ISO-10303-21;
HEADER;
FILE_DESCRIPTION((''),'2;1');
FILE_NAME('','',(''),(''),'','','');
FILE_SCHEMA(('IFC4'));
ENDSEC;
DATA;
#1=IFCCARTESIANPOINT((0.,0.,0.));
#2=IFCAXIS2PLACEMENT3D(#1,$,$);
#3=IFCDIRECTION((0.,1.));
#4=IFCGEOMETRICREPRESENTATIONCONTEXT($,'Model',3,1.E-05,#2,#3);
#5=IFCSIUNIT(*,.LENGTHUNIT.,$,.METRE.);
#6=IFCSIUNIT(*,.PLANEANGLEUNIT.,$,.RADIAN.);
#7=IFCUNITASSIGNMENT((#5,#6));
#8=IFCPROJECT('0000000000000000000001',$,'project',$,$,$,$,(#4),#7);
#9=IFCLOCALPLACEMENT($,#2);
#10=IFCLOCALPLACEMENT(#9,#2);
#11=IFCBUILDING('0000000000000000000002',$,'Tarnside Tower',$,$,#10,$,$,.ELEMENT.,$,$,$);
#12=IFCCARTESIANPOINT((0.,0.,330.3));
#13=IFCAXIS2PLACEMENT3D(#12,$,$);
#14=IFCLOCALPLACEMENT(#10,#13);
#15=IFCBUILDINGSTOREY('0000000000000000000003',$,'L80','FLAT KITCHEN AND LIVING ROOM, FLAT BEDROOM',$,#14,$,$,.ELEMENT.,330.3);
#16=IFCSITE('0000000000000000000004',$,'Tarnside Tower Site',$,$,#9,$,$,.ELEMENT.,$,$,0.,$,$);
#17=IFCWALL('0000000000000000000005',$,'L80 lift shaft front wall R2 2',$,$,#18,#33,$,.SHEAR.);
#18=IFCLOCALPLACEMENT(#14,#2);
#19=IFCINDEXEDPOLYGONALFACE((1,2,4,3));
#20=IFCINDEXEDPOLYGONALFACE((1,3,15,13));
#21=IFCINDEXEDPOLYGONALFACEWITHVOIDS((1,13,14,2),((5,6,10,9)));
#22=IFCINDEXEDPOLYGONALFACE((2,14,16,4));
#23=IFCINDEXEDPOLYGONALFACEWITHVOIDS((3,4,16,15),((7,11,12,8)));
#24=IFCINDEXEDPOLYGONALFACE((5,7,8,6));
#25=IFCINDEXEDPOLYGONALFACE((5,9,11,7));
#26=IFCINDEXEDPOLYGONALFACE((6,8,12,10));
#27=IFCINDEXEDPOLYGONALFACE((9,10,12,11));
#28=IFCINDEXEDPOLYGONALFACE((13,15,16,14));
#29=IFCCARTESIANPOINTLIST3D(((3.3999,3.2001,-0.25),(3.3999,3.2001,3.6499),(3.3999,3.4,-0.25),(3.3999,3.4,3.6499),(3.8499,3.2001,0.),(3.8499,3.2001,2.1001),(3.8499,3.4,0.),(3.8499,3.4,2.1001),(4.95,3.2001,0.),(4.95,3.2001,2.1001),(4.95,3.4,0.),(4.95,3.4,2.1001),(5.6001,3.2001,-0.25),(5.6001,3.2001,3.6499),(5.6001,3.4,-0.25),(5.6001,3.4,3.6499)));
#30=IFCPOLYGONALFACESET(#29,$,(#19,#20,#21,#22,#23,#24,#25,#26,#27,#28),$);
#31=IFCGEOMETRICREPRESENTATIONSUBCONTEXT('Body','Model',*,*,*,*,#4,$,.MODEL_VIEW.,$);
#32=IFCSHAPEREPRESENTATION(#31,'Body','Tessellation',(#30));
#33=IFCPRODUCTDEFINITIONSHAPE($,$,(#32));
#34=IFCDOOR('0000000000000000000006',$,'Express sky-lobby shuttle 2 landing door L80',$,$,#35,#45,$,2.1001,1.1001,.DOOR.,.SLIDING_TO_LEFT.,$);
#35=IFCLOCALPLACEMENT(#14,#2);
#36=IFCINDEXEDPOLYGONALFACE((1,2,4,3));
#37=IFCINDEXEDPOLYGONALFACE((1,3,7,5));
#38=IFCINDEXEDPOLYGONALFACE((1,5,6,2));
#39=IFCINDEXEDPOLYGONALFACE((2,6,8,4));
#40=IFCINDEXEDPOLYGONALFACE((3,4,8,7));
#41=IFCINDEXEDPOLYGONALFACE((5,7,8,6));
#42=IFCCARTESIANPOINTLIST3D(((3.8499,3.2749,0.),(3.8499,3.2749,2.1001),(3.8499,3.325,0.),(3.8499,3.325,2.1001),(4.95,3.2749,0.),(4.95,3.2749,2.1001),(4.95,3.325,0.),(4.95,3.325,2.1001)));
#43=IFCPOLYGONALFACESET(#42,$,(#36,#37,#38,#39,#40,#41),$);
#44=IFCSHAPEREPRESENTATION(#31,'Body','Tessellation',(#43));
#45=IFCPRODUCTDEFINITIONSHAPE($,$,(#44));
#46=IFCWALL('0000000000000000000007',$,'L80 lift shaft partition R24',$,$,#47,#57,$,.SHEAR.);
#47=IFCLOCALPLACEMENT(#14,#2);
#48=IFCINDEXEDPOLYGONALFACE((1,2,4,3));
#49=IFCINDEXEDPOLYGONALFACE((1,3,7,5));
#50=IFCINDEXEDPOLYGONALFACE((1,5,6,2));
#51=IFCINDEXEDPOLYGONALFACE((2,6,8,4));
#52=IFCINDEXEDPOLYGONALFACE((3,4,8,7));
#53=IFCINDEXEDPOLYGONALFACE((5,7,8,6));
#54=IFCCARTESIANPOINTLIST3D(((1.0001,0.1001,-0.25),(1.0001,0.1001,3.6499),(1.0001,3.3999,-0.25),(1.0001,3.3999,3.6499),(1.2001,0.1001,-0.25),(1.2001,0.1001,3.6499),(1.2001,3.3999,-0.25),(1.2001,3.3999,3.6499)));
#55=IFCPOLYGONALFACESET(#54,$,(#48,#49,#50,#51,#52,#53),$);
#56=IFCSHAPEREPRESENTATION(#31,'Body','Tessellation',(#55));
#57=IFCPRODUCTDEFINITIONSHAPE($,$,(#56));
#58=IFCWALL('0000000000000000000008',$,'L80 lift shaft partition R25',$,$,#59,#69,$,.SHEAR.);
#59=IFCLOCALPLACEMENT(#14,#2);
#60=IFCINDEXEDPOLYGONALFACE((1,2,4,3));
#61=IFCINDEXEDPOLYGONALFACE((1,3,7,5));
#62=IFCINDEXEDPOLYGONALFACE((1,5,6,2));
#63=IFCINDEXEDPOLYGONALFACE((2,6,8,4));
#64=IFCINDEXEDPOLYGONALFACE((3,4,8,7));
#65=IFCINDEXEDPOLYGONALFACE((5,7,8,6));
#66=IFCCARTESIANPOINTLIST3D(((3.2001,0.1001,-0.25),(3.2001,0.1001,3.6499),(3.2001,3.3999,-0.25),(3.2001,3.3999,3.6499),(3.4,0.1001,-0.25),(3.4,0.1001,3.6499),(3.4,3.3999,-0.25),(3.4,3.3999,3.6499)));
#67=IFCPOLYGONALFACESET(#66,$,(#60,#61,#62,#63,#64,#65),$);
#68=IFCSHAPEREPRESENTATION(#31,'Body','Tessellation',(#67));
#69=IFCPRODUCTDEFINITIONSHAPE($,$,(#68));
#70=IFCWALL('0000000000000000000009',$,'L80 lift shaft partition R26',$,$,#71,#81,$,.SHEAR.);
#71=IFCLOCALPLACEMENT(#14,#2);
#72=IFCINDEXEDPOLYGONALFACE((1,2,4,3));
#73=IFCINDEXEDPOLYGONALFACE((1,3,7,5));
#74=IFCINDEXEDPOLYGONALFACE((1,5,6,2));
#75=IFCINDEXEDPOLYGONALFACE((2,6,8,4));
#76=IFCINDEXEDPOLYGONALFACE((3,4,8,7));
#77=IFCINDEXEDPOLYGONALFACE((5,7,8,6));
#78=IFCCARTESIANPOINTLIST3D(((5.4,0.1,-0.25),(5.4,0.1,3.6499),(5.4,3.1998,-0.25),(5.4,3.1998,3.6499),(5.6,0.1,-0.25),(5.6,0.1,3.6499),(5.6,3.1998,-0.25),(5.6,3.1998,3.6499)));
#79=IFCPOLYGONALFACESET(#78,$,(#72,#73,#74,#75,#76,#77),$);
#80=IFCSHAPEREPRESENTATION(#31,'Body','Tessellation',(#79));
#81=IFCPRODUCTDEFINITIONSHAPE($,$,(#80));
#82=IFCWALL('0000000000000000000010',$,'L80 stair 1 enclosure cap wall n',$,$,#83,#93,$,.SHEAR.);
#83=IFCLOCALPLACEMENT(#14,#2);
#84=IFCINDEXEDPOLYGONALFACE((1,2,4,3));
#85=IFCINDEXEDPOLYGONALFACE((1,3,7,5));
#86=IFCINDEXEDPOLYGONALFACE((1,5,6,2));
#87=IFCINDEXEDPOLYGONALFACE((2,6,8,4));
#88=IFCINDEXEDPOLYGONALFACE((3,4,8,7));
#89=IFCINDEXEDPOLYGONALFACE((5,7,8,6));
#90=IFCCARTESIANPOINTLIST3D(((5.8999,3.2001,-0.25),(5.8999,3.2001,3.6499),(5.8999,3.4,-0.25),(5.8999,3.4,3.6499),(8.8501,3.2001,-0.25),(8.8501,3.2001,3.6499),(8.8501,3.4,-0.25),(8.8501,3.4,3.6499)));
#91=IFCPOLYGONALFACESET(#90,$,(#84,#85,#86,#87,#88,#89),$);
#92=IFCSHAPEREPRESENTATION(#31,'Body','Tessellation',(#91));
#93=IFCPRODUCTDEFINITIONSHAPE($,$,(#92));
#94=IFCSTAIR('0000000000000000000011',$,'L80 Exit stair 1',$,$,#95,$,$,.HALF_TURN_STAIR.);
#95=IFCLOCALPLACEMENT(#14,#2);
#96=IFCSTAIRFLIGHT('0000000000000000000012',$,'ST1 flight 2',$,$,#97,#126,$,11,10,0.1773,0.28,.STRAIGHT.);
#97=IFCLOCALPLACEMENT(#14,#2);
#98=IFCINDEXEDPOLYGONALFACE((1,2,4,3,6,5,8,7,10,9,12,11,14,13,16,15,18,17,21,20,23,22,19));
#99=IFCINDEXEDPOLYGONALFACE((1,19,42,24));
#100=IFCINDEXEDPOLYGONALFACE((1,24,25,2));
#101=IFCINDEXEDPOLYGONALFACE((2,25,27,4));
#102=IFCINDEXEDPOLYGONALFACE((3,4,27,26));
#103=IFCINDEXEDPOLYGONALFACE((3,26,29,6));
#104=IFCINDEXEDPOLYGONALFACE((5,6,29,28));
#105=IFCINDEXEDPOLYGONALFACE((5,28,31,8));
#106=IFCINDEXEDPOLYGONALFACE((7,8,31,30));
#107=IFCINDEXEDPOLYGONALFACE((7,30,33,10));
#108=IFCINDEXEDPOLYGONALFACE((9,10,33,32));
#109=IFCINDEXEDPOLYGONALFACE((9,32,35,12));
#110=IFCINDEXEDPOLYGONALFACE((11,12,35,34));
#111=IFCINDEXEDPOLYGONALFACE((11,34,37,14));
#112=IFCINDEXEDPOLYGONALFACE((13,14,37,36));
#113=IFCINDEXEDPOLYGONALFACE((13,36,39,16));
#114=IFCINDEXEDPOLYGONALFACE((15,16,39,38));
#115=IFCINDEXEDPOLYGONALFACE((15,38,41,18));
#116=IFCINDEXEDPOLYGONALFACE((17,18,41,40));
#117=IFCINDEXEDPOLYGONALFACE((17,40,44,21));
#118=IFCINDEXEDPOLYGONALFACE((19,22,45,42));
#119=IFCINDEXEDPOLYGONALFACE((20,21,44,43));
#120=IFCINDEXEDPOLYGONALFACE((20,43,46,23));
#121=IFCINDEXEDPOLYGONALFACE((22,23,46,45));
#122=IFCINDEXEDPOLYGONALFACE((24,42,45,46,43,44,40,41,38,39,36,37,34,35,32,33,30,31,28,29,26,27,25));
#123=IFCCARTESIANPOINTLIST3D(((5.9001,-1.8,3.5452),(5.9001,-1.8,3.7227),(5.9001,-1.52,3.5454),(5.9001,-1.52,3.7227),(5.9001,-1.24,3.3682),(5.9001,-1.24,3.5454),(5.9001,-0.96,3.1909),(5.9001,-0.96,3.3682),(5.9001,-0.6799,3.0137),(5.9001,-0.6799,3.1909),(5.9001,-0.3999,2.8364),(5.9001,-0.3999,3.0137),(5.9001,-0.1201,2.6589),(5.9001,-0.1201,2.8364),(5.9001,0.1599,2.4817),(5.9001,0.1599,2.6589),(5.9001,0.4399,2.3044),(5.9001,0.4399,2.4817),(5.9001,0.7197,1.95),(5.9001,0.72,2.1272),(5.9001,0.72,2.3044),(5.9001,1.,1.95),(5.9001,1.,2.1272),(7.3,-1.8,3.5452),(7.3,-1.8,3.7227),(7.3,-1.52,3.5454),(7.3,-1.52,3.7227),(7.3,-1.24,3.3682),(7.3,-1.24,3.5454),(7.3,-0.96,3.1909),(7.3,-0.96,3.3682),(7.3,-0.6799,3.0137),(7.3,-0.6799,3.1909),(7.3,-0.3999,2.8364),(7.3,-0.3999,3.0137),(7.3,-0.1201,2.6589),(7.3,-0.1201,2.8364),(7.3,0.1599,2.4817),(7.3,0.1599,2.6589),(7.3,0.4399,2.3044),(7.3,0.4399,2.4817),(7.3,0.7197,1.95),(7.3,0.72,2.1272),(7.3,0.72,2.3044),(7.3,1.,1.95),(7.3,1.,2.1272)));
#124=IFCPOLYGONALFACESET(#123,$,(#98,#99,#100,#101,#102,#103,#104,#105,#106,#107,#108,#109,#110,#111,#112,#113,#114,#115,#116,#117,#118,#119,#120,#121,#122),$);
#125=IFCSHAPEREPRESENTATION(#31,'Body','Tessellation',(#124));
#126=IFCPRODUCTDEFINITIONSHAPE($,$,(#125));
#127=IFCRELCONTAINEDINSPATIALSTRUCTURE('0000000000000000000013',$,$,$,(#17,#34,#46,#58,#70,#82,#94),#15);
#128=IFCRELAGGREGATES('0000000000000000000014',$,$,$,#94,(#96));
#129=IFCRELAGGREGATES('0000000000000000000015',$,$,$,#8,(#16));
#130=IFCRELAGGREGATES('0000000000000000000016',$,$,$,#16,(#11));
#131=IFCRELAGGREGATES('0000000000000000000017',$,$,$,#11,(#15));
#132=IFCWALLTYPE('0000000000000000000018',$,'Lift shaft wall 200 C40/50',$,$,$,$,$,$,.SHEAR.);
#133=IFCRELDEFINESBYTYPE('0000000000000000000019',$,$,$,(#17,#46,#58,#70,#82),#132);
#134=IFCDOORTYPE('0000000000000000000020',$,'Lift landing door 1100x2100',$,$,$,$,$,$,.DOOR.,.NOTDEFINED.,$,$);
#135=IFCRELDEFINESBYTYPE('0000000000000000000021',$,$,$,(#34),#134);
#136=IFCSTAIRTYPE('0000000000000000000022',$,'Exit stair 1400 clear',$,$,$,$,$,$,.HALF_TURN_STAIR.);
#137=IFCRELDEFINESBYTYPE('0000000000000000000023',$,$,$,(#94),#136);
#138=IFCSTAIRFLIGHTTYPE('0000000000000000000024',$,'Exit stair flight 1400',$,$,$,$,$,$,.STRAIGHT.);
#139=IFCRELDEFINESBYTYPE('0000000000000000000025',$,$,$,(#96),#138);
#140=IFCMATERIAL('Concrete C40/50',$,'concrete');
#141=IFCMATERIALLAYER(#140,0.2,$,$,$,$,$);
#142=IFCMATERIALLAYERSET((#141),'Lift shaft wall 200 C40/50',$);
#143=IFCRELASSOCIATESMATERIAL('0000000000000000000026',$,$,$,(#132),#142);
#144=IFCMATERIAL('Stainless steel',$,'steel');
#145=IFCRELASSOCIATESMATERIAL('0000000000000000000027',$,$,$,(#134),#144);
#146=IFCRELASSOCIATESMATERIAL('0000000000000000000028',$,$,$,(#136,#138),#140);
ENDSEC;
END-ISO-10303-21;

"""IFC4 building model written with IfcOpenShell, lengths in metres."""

from ifc_helpers import new_model, si_unit, direction, frame, frame_2d, origin, place, context, subcontext, project, spatial, polyline, rectangle, outline, extrude, material, layer, layer_set, type_object, element, fill, aggregate, save


model = new_model("IFC4")

# Units and contexts
model_context = context("Model", 3, precision=1e-05, world=origin(), true_north=direction((0.0, 1.0)))
body_context = subcontext(model_context, "Body", "Model", "MODEL_VIEW")
ifc_project = project(units=[si_unit("LENGTHUNIT", "METRE"), si_unit("PLANEANGLEUNIT", "RADIAN")], contexts=[model_context])

# Site, building, storey
site_placement = place(None, origin())
site = spatial("IfcSite", under=ifc_project, at=site_placement, Name="Tarnside Tower Site", CompositionType="ELEMENT", RefElevation=0.0)
building_placement = place(site_placement, origin())
building = spatial("IfcBuilding", under=site, at=building_placement, Name="Tarnside Tower", CompositionType="ELEMENT")
storey_placement = place(building_placement, frame((0.0, 0.0, 330.3)))
storey = spatial("IfcBuildingStorey", under=building, at=storey_placement, Name="L80", Description="FLAT KITCHEN AND LIVING ROOM, FLAT BEDROOM", CompositionType="ELEMENT", Elevation=330.3)

# Shared definitions
ifc_material_1 = material(Name="Concrete C40/50", Category="concrete")

# Shared definitions
ifc_layer_1 = layer(ifc_material_1, 0.2)
ifc_layer_set_1 = layer_set([ifc_layer_1], Name="Lift shaft wall 200 C40/50")
wall_type_1 = type_object("IfcWallType", Name="Lift shaft wall 200 C40/50", PredefinedType="SHEAR", material=ifc_layer_set_1)

# Wall, opening, door
wall_1_placement = place(storey_placement, frame((3.3999, 3.3, -0.25), z_axis=(0.0, 0.0, 1.0), x_axis=(1.0, 0.0, 0.0)))
wall_1 = element("IfcWall", 1, at=wall_1_placement, inside=storey, type_object=wall_type_1, Name="L80 lift shaft front wall R2 2", PredefinedType="SHEAR", context=body_context, shape_type="SweptSolid", body=[
    extrude(rectangle(XDim=2.2002, YDim=0.2, at=frame_2d((1.1001, 0.0))), origin(), (0.0, 0.0, 1.0), 3.8999),
])
opening_1_placement = place(wall_1_placement, frame((0.45, 0.0, 0.25)))
opening_1 = element("IfcOpeningElement", 2, at=opening_1_placement, cuts=wall_1, PredefinedType="OPENING", context=body_context, shape_type="SweptSolid", body=[
    extrude(rectangle(XDim=1.1001, YDim=2.1001, at=frame_2d((0.55, 1.05))), frame((0.0, 0.1099, 0.0), z_axis=(0.0, -1.0, 0.0), x_axis=(1.0, 0.0, 0.0)), (0.0, 0.0, 1.0), 0.22),
])
ifc_material_2 = material(Name="Stainless steel", Category="steel")
door_type_1 = type_object("IfcDoorType", Name="Lift landing door 1100x2100", OperationType="NOTDEFINED", PredefinedType="DOOR", material=ifc_material_2)
door_1_placement = place(opening_1_placement, origin())
door_1 = element("IfcDoor", 3, at=door_1_placement, inside=storey, type_object=door_type_1, Name="Express sky-lobby shuttle 2 landing door L80", OperationType="SLIDING_TO_LEFT", OverallHeight=2.1001, OverallWidth=1.1001, PredefinedType="DOOR", context=body_context, shape_type="SweptSolid", body=[
    extrude(rectangle(XDim=1.1001, YDim=2.1001, at=frame_2d((0.55, 1.05))), frame((0.0, 0.0249, 0.0), z_axis=(0.0, -1.0, 0.0), x_axis=(1.0, 0.0, 0.0)), (0.0, 0.0, 1.0), 0.05),
])
fill(opening_1, door_1)

# Walls
for number, where, z_axis, x_axis, name in (
    (4, (1.1001, 0.1001, -0.25), (0.0, 0.0, 1.0), (0.0, 1.0, 0.0), "L80 lift shaft partition R24"),
    (5, (3.3, 0.1001, -0.25), (0.0, 0.0, 1.0), (0.0, 1.0, 0.0), "L80 lift shaft partition R25"),
):
    element("IfcWall", number, at=place(storey_placement, frame(where, z_axis=z_axis, x_axis=x_axis)), inside=storey, type_object=wall_type_1, Name=name, PredefinedType="SHEAR", context=body_context, shape_type="SweptSolid", body=[
        extrude(rectangle(XDim=3.2998, YDim=0.2, at=frame_2d((1.6499, 0.0))), origin(), (0.0, 0.0, 1.0), 3.8999),
    ])
wall_2_placement = place(storey_placement, frame((5.5, 0.1001, -0.25), z_axis=(0.0, 0.0, 1.0), x_axis=(0.0, 1.0, 0.0)))
element("IfcWall", 6, at=wall_2_placement, inside=storey, type_object=wall_type_1, Name="L80 lift shaft partition R26", PredefinedType="SHEAR", context=body_context, shape_type="SweptSolid", body=[
    extrude(rectangle(XDim=3.0999, YDim=0.2, at=frame_2d((1.5498, 0.0))), origin(), (0.0, 0.0, 1.0), 3.8999),
])
wall_3_placement = place(storey_placement, frame((5.8999, 3.3, -0.25), z_axis=(0.0, 0.0, 1.0), x_axis=(1.0, 0.0, 0.0)))
element("IfcWall", 7, at=wall_3_placement, inside=storey, type_object=wall_type_1, Name="L80 stair 1 enclosure cap wall n", PredefinedType="SHEAR", context=body_context, shape_type="SweptSolid", body=[
    extrude(rectangle(XDim=2.9502, YDim=0.2, at=frame_2d((1.4751, 0.0))), origin(), (0.0, 0.0, 1.0), 3.8999),
])

# Stair, stair flight
stair_type = type_object("IfcStairType", Name="Exit stair 1400 clear", PredefinedType="HALF_TURN_STAIR", material=ifc_material_1)
stair_placement = place(storey_placement, origin())
stair = element("IfcStair", 8, at=stair_placement, inside=storey, type_object=stair_type, Name="L80 Exit stair 1", PredefinedType="HALF_TURN_STAIR")
stair_flight_type = type_object("IfcStairFlightType", Name="Exit stair flight 1400", PredefinedType="STRAIGHT", material=ifc_material_1)
stair_flight_placement = place(storey_placement, frame((6.6001, 1.0, 1.95), z_axis=(0.0, 0.0, 1.0), x_axis=(0.0, -1.0, 0.0)))
stair_flight = element("IfcStairFlight", 9, at=stair_flight_placement, type_object=stair_flight_type, Name="ST1 flight 2", NumberOfRisers=11, NumberOfTreads=10, PredefinedType="STRAIGHT", RiserHeight=0.1773, TreadLength=0.28, context=body_context, shape_type="SweptSolid", body=[
    extrude(outline(polyline([(0.0, 0.0), (0.0, 0.1772), (0.28, 0.1772), (0.28, 0.3545), (0.5601, 0.3545), (0.5601, 0.5317), (0.8401, 0.5317), (0.8401, 0.709), (1.1201, 0.709), (1.1201, 0.8865), (1.3999, 0.8865), (1.3999, 1.0637), (1.6799, 1.0637), (1.6799, 1.241), (1.96, 1.241), (1.96, 1.4182), (2.24, 1.4182), (2.24, 1.5955), (2.52, 1.5955), (2.52, 1.7727), (2.8, 1.7727), (2.8, 1.95), (2.8, 1.5952), (0.2803, 0.0), (0.0, 0.0)])), frame((0.0, 0.7, 0.0), z_axis=(0.0, -1.0, 0.0), x_axis=(1.0, 0.0, 0.0)), (0.0, 0.0, 1.0), 1.3999),
])
aggregate(stair, [stair_flight])

save(model, "model.ifc")
